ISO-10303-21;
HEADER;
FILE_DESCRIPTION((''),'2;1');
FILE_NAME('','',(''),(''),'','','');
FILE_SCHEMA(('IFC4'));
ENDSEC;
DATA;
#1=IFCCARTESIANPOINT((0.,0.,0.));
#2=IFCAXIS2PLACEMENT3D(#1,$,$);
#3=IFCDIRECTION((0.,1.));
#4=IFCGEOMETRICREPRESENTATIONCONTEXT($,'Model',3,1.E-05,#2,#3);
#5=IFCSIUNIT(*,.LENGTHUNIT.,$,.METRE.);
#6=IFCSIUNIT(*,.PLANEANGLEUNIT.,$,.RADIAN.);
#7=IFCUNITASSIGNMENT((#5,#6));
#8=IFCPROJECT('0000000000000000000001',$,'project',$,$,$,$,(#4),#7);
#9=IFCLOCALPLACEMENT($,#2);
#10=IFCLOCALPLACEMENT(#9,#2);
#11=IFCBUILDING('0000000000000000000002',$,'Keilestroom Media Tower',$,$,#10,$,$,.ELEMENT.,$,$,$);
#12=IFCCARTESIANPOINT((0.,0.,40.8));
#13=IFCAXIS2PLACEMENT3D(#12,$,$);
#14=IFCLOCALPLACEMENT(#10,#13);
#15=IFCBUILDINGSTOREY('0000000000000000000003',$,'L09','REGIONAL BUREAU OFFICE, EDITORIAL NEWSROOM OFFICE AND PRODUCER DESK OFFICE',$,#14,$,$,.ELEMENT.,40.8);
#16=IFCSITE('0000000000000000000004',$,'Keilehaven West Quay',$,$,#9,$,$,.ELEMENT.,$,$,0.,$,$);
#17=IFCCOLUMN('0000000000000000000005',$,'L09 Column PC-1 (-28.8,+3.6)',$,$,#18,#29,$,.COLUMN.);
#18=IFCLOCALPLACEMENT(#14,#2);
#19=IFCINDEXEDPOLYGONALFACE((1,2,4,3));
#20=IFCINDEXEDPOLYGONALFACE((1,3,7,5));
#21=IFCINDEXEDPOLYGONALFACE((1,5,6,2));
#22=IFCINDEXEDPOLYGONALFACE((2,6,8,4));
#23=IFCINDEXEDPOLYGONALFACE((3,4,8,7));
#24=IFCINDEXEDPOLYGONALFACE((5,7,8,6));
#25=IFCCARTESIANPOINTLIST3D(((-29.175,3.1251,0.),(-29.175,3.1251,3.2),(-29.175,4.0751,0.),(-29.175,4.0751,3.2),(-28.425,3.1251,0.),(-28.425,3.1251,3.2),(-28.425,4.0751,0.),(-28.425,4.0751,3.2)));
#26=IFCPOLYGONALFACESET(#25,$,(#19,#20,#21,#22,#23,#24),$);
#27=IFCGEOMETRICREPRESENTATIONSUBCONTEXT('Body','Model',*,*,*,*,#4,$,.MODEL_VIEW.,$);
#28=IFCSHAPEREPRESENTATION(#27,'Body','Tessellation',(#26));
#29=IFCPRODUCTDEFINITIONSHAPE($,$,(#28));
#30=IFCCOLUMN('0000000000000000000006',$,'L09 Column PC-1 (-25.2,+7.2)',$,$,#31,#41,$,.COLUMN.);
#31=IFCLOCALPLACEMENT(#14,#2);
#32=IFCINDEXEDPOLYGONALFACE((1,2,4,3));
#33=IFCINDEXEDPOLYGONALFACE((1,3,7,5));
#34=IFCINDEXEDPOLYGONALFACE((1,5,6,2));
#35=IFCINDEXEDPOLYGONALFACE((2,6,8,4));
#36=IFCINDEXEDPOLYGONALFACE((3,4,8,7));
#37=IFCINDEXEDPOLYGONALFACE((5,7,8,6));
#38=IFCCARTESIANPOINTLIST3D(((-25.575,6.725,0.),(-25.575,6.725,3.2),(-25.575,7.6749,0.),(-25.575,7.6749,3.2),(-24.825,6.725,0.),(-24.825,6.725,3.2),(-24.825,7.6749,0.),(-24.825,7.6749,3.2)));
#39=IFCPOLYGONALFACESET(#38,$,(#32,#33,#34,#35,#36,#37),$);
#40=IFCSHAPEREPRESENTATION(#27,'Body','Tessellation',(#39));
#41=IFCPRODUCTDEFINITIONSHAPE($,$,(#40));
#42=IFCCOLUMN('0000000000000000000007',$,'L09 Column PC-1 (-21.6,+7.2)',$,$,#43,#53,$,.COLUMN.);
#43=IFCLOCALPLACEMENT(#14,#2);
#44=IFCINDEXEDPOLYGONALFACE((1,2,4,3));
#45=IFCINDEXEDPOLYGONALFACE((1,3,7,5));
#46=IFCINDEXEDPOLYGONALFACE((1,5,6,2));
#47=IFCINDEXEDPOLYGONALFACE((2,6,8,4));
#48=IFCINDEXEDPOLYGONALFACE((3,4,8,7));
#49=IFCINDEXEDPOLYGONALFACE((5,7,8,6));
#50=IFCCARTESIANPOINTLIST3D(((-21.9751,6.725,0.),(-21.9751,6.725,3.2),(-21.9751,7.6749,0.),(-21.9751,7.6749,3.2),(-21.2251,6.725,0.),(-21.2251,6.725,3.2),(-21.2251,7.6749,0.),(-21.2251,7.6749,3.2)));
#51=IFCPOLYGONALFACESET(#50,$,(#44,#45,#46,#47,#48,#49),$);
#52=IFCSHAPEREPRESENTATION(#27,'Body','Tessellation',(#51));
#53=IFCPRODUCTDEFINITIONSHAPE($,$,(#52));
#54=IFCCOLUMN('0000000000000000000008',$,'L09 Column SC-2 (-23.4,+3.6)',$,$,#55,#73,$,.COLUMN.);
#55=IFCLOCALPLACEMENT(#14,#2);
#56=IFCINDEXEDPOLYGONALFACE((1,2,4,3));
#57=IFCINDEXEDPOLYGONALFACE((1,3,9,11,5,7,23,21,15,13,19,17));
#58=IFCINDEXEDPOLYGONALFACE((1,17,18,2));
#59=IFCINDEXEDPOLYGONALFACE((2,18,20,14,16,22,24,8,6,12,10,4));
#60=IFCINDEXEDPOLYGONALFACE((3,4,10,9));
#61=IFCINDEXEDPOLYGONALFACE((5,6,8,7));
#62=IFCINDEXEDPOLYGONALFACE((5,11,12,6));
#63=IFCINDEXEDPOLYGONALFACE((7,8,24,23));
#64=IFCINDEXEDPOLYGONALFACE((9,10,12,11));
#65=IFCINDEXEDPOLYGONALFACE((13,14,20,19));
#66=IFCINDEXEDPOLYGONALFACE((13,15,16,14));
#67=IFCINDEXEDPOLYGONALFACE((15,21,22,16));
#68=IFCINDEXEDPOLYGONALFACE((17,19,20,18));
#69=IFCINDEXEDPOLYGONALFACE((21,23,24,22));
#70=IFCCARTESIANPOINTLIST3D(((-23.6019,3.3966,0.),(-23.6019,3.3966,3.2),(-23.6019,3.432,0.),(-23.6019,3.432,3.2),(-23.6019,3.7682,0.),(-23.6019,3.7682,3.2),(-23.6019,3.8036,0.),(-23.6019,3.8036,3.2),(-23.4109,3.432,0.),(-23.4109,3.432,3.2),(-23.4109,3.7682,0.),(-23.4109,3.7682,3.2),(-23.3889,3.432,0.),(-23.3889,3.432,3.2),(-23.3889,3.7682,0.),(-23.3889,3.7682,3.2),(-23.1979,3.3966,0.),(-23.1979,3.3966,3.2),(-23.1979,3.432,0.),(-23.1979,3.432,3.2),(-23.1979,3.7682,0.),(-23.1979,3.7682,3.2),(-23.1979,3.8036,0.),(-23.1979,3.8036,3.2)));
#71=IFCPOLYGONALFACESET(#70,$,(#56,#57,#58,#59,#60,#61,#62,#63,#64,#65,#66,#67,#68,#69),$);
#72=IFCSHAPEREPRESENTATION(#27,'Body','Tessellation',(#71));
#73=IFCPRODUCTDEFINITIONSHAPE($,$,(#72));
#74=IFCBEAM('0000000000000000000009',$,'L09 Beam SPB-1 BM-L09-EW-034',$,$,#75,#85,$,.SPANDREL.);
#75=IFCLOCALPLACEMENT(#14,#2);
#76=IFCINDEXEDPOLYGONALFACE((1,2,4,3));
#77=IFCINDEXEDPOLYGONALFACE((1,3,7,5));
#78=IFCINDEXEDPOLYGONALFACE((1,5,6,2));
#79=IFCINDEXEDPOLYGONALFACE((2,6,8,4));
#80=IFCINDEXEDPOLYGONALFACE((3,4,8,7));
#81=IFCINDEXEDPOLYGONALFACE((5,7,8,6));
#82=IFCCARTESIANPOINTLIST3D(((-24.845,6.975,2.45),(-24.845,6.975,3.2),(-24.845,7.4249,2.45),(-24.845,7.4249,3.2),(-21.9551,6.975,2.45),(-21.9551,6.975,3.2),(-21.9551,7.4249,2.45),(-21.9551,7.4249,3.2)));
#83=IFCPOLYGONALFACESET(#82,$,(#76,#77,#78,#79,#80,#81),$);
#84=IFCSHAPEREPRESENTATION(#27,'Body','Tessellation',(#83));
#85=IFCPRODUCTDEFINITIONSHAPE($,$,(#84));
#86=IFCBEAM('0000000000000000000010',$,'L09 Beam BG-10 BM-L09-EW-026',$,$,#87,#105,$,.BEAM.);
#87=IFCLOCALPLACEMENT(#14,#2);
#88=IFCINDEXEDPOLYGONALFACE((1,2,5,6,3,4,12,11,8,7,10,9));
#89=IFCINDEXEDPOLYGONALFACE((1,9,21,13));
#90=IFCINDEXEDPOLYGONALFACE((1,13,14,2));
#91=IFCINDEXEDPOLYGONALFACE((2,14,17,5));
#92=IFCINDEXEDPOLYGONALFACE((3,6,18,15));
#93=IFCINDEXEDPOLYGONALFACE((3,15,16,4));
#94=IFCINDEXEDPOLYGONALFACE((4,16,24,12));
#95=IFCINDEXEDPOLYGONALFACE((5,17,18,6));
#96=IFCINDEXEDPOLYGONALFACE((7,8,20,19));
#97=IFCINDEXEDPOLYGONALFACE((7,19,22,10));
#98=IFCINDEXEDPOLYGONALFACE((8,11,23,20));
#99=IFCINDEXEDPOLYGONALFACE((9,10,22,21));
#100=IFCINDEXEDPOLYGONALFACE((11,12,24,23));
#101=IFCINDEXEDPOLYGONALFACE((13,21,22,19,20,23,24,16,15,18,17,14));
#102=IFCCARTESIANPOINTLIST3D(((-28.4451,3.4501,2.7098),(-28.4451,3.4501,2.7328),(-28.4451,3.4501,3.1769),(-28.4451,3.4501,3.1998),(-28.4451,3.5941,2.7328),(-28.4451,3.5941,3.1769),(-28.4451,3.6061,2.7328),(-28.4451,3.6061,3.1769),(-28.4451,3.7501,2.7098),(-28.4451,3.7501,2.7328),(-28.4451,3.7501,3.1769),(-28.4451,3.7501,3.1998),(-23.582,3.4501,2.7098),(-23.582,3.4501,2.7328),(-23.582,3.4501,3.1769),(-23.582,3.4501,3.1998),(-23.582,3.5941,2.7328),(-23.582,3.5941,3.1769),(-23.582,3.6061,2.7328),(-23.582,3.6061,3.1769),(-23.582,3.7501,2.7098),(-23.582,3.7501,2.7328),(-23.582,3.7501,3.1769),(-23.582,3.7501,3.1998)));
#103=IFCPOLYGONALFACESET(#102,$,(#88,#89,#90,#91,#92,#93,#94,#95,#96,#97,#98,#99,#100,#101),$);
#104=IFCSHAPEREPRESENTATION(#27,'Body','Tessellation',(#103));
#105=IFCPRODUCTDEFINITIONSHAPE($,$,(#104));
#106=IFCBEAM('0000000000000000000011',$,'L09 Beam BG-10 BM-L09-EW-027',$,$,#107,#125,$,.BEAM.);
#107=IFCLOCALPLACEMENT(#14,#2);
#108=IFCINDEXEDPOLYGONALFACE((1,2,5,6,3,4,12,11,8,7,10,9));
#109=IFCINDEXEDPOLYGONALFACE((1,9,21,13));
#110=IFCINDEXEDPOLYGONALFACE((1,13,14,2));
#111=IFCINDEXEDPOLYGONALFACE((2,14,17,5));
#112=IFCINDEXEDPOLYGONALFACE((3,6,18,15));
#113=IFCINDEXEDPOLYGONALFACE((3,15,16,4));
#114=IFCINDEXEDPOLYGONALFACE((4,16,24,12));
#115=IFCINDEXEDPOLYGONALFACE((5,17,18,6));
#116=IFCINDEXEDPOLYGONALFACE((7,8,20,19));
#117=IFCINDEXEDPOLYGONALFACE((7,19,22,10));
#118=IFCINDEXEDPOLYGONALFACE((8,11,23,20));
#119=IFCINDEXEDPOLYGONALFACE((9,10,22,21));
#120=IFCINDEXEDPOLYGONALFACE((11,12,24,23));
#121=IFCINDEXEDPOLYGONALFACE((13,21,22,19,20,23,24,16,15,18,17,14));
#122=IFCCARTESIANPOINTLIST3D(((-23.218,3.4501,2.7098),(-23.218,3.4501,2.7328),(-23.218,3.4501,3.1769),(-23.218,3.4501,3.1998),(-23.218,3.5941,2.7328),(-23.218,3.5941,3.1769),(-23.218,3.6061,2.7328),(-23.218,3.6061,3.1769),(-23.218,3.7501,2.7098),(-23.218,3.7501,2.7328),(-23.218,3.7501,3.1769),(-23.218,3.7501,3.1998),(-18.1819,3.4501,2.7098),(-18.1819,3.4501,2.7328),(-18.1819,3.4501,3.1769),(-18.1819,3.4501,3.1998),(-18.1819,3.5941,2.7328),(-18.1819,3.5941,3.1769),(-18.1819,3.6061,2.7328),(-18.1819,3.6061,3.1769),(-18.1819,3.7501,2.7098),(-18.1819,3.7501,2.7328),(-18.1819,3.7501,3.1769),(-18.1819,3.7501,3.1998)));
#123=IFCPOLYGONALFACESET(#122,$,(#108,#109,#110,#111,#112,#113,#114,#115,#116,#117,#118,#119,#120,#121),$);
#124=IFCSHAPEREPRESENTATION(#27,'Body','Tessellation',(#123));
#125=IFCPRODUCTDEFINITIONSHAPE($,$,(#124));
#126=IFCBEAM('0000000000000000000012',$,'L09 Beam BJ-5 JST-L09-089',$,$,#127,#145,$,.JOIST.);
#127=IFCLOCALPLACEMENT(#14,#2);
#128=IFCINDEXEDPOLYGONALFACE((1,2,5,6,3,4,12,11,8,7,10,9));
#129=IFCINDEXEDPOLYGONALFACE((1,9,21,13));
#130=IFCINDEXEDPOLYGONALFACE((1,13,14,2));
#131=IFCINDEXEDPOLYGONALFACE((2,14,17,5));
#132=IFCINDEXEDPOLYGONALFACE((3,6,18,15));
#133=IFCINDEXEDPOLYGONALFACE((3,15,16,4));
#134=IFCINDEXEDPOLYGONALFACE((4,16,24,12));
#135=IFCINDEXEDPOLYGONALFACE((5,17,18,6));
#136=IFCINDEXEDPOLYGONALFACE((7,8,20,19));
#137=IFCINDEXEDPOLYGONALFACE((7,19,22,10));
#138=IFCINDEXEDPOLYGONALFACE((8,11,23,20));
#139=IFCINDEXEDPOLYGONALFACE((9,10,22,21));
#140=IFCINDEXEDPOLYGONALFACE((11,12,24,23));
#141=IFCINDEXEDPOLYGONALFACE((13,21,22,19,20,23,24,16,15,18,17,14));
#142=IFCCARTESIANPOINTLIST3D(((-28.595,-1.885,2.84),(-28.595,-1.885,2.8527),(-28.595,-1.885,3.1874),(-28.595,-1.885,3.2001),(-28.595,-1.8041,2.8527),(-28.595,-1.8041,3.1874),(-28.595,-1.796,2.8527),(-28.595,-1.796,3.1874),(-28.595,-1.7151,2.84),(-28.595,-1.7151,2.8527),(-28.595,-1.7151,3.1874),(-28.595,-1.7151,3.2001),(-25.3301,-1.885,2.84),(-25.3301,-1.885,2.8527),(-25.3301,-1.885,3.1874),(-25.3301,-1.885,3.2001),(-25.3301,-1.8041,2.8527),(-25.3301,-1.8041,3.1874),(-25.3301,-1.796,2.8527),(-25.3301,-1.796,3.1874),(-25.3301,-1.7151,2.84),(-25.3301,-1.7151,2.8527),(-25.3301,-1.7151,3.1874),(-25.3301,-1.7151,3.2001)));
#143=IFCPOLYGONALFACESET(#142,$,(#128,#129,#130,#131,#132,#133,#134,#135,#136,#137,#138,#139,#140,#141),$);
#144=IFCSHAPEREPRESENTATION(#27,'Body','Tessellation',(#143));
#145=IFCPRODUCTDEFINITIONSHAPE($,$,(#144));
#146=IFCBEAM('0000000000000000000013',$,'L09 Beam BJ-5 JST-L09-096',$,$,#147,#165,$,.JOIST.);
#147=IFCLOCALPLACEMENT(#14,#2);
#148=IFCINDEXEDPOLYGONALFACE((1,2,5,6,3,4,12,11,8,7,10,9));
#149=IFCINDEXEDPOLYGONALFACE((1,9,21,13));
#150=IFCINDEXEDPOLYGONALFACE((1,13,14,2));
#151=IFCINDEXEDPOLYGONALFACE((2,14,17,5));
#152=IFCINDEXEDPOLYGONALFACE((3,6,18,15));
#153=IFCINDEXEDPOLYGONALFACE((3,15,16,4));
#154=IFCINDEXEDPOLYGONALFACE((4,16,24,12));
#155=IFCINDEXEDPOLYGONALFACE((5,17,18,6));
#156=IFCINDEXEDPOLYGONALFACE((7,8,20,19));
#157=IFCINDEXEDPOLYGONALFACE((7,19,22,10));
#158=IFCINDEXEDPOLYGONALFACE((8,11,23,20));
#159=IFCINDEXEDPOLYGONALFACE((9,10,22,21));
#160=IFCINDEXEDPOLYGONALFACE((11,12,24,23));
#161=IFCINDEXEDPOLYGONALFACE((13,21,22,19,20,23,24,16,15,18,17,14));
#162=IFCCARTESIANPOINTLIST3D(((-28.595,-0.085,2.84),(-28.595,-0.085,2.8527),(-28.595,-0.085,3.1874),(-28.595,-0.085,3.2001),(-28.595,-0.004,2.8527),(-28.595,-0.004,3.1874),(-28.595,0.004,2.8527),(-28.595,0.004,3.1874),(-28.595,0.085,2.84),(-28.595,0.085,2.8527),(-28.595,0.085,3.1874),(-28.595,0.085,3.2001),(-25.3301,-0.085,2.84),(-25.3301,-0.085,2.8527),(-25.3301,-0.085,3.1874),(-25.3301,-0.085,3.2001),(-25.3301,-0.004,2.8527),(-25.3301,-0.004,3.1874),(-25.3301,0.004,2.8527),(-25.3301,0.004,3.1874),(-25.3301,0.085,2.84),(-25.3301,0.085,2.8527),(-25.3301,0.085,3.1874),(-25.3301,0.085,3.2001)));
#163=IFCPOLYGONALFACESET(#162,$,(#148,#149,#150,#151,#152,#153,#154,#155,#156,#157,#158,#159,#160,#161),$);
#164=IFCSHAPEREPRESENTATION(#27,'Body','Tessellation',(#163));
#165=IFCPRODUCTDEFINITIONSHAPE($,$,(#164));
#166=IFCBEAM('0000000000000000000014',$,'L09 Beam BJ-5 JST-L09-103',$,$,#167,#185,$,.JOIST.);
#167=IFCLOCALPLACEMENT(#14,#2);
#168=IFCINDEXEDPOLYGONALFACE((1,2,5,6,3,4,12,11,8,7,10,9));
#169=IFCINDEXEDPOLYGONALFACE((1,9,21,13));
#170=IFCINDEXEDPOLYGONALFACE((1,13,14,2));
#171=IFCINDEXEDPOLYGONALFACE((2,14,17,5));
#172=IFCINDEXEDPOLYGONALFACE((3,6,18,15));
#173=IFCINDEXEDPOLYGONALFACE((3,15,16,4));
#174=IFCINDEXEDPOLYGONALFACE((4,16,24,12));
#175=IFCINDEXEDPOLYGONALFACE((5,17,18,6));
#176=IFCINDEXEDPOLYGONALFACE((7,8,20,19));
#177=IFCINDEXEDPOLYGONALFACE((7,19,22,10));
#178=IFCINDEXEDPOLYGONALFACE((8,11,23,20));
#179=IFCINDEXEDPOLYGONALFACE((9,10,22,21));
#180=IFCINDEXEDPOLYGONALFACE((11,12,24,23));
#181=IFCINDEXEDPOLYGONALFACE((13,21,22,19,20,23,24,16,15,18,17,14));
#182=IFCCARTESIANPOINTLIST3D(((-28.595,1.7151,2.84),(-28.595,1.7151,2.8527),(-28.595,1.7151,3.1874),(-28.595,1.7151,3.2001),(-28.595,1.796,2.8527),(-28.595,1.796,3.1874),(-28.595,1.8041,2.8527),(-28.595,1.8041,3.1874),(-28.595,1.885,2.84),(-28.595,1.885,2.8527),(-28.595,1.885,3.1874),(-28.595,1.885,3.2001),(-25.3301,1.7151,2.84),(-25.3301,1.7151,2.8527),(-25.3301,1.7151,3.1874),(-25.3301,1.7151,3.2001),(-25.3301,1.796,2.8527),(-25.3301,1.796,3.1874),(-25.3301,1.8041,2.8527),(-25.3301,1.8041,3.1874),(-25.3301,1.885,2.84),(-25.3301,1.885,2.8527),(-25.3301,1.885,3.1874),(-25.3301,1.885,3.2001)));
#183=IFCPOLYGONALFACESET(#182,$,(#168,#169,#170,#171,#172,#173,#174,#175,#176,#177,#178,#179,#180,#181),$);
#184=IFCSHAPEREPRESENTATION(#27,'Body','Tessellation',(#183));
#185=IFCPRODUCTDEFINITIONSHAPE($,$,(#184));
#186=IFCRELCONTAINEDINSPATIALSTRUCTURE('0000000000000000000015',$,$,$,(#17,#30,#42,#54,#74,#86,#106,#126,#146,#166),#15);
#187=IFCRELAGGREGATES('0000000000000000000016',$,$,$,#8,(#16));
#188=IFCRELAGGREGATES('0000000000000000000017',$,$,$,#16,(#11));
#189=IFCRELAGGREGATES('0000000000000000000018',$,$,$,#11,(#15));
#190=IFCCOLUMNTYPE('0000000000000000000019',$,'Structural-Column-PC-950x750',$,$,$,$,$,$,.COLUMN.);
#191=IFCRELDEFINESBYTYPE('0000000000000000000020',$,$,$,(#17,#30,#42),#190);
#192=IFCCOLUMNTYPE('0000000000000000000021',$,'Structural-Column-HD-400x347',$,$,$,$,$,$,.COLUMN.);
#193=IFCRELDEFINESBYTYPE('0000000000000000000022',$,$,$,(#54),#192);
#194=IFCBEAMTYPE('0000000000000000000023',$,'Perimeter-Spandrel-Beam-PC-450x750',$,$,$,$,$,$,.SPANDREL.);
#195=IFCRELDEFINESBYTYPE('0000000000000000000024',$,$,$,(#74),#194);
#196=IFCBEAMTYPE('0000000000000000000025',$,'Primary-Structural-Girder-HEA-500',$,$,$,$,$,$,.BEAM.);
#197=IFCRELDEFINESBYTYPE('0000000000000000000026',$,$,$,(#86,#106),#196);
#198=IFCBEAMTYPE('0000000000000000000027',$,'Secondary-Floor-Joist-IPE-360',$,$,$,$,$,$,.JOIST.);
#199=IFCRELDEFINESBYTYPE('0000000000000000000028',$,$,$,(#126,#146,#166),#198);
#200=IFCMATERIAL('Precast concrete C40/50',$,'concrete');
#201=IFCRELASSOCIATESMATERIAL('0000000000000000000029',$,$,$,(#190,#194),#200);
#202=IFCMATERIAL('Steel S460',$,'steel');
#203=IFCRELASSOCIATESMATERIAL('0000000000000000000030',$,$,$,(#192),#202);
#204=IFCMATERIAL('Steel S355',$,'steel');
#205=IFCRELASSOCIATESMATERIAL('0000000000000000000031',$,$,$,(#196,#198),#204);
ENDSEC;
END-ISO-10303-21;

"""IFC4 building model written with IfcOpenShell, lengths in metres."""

from ifc_helpers import new_model, si_unit, direction, frame, origin, origin_2d, place, context, subcontext, project, spatial, rectangle, i_section, extrude, source, transform, mapped, material, material_profile, profile_set, type_object, element, save


model = new_model("IFC4")

# Units and contexts
model_context = context("Model", 3, precision=1e-05, world=origin(), true_north=direction((0.0, 1.0)))
body_context = subcontext(model_context, "Body", "Model", "MODEL_VIEW")
ifc_project = project(units=[si_unit("LENGTHUNIT", "METRE"), si_unit("PLANEANGLEUNIT", "RADIAN")], contexts=[model_context])

# Site, building, storey
site_placement = place(None, origin())
site = spatial("IfcSite", under=ifc_project, at=site_placement, Name="Keilehaven West Quay", CompositionType="ELEMENT", RefElevation=0.0)
building_placement = place(site_placement, origin())
building = spatial("IfcBuilding", under=site, at=building_placement, Name="Keilestroom Media Tower", CompositionType="ELEMENT")
storey_placement = place(building_placement, frame((0.0, 0.0, 40.8)))
storey = spatial("IfcBuildingStorey", under=building, at=storey_placement, Name="L09", Description="REGIONAL BUREAU OFFICE, EDITORIAL NEWSROOM OFFICE AND PRODUCER DESK OFFICE", CompositionType="ELEMENT", Elevation=40.8)

# Columns
ifc_material_1 = material(Name="Precast concrete C40/50", Category="concrete")
ifc_material_profile_1 = material_profile(ifc_material_1, rectangle(XDim=0.75, YDim=0.95, at=origin_2d()), Name="PC 950x750")
ifc_profile_set_1 = profile_set([ifc_material_profile_1], Name="Precast concrete C40/50")
column_type_1 = type_object("IfcColumnType", Name="Structural-Column-PC-950x750", PredefinedType="COLUMN", material=ifc_profile_set_1)
shared_shape_1 = source(origin(), body_context, "Body", "SweptSolid", [
    extrude(rectangle(XDim=0.75, YDim=0.95, at=origin_2d()), origin(), (0.0, 0.0, 1.0), 3.2),
])
for number, where, z_axis, x_axis, name in (
    (1, (-28.8, 3.6001, 0.0), (0.0, 0.0, 1.0), (1.0, 0.0, 0.0), "L09 Column PC-1 (-28.8,+3.6)"),
    (2, (-25.2, 7.2, 0.0), (0.0, 0.0, 1.0), (1.0, 0.0, 0.0), "L09 Column PC-1 (-25.2,+7.2)"),
    (3, (-21.6001, 7.2, 0.0), (0.0, 0.0, 1.0), (1.0, 0.0, 0.0), "L09 Column PC-1 (-21.6,+7.2)"),
):
    element("IfcColumn", number, at=place(storey_placement, frame(where, z_axis=z_axis, x_axis=x_axis)), inside=storey, type_object=column_type_1, Name=name, PredefinedType="COLUMN", context=body_context, shape_type="MappedRepresentation", body=[
        mapped(shared_shape_1, transform((0.0, 0.0, 0.0), x_axis=(1.0, 0.0, 0.0), y_axis=(0.0, 1.0, 0.0), z_axis=(0.0, 0.0, 1.0), scale=1.0)),
    ])
ifc_material_2 = material(Name="Steel S460", Category="steel")
ifc_material_profile_2 = material_profile(ifc_material_2, i_section(OverallWidth=0.4041, OverallDepth=0.407, WebThickness=0.022, FlangeThickness=0.0354, at=origin_2d()), Name="HD 400x347")
ifc_profile_set_2 = profile_set([ifc_material_profile_2], Name="Steel S460")
column_type_2 = type_object("IfcColumnType", Name="Structural-Column-HD-400x347", PredefinedType="COLUMN", material=ifc_profile_set_2)
shared_shape_2 = source(origin(), body_context, "Body", "SweptSolid", [
    extrude(i_section(OverallWidth=0.4041, OverallDepth=0.407, WebThickness=0.022, FlangeThickness=0.0354, at=origin_2d()), origin(), (0.0, 0.0, 1.0), 3.2),
])
column_placement = place(storey_placement, frame((-23.3999, 3.6001, 0.0), z_axis=(0.0, 0.0, 1.0), x_axis=(1.0, 0.0, 0.0)))
element("IfcColumn", 4, at=column_placement, inside=storey, type_object=column_type_2, Name="L09 Column SC-2 (-23.4,+3.6)", PredefinedType="COLUMN", context=body_context, shape_type="MappedRepresentation", body=[
    mapped(shared_shape_2, transform((0.0, 0.0, 0.0), x_axis=(1.0, 0.0, 0.0), y_axis=(0.0, 1.0, 0.0), z_axis=(0.0, 0.0, 1.0), scale=1.0)),
])

# Beams
ifc_material_profile_3 = material_profile(ifc_material_1, rectangle(XDim=0.45, YDim=0.75, at=origin_2d()), Name="PC 450x750")
ifc_profile_set_3 = profile_set([ifc_material_profile_3], Name="Precast concrete C40/50")
beam_type_1 = type_object("IfcBeamType", Name="Perimeter-Spandrel-Beam-PC-450x750", PredefinedType="SPANDREL", material=ifc_profile_set_3)
shared_shape_3 = source(origin(), body_context, "Body", "SweptSolid", [
    extrude(rectangle(XDim=0.45, YDim=0.75, at=origin_2d()), origin(), (0.0, 0.0, 1.0), 2.8899),
])
beam_1_placement = place(storey_placement, frame((-24.845, 7.2, 2.825), z_axis=(1.0, 0.0, 0.0), x_axis=(0.0, 1.0, 0.0)))
element("IfcBeam", 5, at=beam_1_placement, inside=storey, type_object=beam_type_1, Name="L09 Beam SPB-1 BM-L09-EW-034", PredefinedType="SPANDREL", context=body_context, shape_type="MappedRepresentation", body=[
    mapped(shared_shape_3, transform((0.0, 0.0, 0.0), x_axis=(1.0, 0.0, 0.0), y_axis=(0.0, 1.0, 0.0), z_axis=(0.0, 0.0, 1.0), scale=1.0)),
])
ifc_material_3 = material(Name="Steel S355", Category="steel")
ifc_material_profile_4 = material_profile(ifc_material_3, i_section(OverallWidth=0.3, OverallDepth=0.49, WebThickness=0.012, FlangeThickness=0.0229, at=origin_2d()), Name="HEA 500")
ifc_profile_set_4 = profile_set([ifc_material_profile_4], Name="Steel S355")
beam_type_2 = type_object("IfcBeamType", Name="Primary-Structural-Girder-HEA-500", PredefinedType="BEAM", material=ifc_profile_set_4)
shared_shape_4 = source(origin(), body_context, "Body", "SweptSolid", [
    extrude(i_section(OverallWidth=0.3, OverallDepth=0.49, WebThickness=0.012, FlangeThickness=0.0229, at=origin_2d()), origin(), (0.0, 0.0, 1.0), 4.863),
])
beam_2_placement = place(storey_placement, frame((-28.4451, 3.6001, 2.9548), z_axis=(1.0, 0.0, 0.0), x_axis=(0.0, 1.0, 0.0)))
element("IfcBeam", 6, at=beam_2_placement, inside=storey, type_object=beam_type_2, Name="L09 Beam BG-10 BM-L09-EW-026", PredefinedType="BEAM", context=body_context, shape_type="MappedRepresentation", body=[
    mapped(shared_shape_4, transform((0.0, 0.0, 0.0), x_axis=(1.0, 0.0, 0.0), y_axis=(0.0, 1.0, 0.0), z_axis=(0.0, 0.0, 1.0), scale=1.0)),
])
shared_shape_5 = source(origin(), body_context, "Body", "SweptSolid", [
    extrude(i_section(OverallWidth=0.3, OverallDepth=0.49, WebThickness=0.012, FlangeThickness=0.0229, at=origin_2d()), origin(), (0.0, 0.0, 1.0), 5.0361),
])
beam_3_placement = place(storey_placement, frame((-23.218, 3.6001, 2.9548), z_axis=(1.0, 0.0, 0.0), x_axis=(0.0, 1.0, 0.0)))
element("IfcBeam", 7, at=beam_3_placement, inside=storey, type_object=beam_type_2, Name="L09 Beam BG-10 BM-L09-EW-027", PredefinedType="BEAM", context=body_context, shape_type="MappedRepresentation", body=[
    mapped(shared_shape_5, transform((0.0, 0.0, 0.0), x_axis=(1.0, 0.0, 0.0), y_axis=(0.0, 1.0, 0.0), z_axis=(0.0, 0.0, 1.0), scale=1.0)),
])
ifc_material_profile_5 = material_profile(ifc_material_3, i_section(OverallWidth=0.1699, OverallDepth=0.3601, WebThickness=0.0081, FlangeThickness=0.0127, at=origin_2d()), Name="IPE 360")
ifc_profile_set_5 = profile_set([ifc_material_profile_5], Name="Steel S355")
beam_type_3 = type_object("IfcBeamType", Name="Secondary-Floor-Joist-IPE-360", PredefinedType="JOIST", material=ifc_profile_set_5)
shared_shape_6 = source(origin(), body_context, "Body", "SweptSolid", [
    extrude(i_section(OverallWidth=0.1699, OverallDepth=0.3601, WebThickness=0.0081, FlangeThickness=0.0127, at=origin_2d()), origin(), (0.0, 0.0, 1.0), 3.2649),
])
for number, where, z_axis, x_axis, name in (
    (8, (-28.595, -1.8, 3.02), (1.0, 0.0, 0.0), (0.0, 1.0, 0.0), "L09 Beam BJ-5 JST-L09-089"),
    (9, (-28.595, 0.0, 3.02), (1.0, 0.0, 0.0), (0.0, 1.0, 0.0), "L09 Beam BJ-5 JST-L09-096"),
    (10, (-28.595, 1.8, 3.02), (1.0, 0.0, 0.0), (0.0, 1.0, 0.0), "L09 Beam BJ-5 JST-L09-103"),
):
    element("IfcBeam", number, at=place(storey_placement, frame(where, z_axis=z_axis, x_axis=x_axis)), inside=storey, type_object=beam_type_3, Name=name, PredefinedType="JOIST", context=body_context, shape_type="MappedRepresentation", body=[
        mapped(shared_shape_6, transform((0.0, 0.0, 0.0), x_axis=(1.0, 0.0, 0.0), y_axis=(0.0, 1.0, 0.0), z_axis=(0.0, 0.0, 1.0), scale=1.0)),
    ])

save(model, "model.ifc")
